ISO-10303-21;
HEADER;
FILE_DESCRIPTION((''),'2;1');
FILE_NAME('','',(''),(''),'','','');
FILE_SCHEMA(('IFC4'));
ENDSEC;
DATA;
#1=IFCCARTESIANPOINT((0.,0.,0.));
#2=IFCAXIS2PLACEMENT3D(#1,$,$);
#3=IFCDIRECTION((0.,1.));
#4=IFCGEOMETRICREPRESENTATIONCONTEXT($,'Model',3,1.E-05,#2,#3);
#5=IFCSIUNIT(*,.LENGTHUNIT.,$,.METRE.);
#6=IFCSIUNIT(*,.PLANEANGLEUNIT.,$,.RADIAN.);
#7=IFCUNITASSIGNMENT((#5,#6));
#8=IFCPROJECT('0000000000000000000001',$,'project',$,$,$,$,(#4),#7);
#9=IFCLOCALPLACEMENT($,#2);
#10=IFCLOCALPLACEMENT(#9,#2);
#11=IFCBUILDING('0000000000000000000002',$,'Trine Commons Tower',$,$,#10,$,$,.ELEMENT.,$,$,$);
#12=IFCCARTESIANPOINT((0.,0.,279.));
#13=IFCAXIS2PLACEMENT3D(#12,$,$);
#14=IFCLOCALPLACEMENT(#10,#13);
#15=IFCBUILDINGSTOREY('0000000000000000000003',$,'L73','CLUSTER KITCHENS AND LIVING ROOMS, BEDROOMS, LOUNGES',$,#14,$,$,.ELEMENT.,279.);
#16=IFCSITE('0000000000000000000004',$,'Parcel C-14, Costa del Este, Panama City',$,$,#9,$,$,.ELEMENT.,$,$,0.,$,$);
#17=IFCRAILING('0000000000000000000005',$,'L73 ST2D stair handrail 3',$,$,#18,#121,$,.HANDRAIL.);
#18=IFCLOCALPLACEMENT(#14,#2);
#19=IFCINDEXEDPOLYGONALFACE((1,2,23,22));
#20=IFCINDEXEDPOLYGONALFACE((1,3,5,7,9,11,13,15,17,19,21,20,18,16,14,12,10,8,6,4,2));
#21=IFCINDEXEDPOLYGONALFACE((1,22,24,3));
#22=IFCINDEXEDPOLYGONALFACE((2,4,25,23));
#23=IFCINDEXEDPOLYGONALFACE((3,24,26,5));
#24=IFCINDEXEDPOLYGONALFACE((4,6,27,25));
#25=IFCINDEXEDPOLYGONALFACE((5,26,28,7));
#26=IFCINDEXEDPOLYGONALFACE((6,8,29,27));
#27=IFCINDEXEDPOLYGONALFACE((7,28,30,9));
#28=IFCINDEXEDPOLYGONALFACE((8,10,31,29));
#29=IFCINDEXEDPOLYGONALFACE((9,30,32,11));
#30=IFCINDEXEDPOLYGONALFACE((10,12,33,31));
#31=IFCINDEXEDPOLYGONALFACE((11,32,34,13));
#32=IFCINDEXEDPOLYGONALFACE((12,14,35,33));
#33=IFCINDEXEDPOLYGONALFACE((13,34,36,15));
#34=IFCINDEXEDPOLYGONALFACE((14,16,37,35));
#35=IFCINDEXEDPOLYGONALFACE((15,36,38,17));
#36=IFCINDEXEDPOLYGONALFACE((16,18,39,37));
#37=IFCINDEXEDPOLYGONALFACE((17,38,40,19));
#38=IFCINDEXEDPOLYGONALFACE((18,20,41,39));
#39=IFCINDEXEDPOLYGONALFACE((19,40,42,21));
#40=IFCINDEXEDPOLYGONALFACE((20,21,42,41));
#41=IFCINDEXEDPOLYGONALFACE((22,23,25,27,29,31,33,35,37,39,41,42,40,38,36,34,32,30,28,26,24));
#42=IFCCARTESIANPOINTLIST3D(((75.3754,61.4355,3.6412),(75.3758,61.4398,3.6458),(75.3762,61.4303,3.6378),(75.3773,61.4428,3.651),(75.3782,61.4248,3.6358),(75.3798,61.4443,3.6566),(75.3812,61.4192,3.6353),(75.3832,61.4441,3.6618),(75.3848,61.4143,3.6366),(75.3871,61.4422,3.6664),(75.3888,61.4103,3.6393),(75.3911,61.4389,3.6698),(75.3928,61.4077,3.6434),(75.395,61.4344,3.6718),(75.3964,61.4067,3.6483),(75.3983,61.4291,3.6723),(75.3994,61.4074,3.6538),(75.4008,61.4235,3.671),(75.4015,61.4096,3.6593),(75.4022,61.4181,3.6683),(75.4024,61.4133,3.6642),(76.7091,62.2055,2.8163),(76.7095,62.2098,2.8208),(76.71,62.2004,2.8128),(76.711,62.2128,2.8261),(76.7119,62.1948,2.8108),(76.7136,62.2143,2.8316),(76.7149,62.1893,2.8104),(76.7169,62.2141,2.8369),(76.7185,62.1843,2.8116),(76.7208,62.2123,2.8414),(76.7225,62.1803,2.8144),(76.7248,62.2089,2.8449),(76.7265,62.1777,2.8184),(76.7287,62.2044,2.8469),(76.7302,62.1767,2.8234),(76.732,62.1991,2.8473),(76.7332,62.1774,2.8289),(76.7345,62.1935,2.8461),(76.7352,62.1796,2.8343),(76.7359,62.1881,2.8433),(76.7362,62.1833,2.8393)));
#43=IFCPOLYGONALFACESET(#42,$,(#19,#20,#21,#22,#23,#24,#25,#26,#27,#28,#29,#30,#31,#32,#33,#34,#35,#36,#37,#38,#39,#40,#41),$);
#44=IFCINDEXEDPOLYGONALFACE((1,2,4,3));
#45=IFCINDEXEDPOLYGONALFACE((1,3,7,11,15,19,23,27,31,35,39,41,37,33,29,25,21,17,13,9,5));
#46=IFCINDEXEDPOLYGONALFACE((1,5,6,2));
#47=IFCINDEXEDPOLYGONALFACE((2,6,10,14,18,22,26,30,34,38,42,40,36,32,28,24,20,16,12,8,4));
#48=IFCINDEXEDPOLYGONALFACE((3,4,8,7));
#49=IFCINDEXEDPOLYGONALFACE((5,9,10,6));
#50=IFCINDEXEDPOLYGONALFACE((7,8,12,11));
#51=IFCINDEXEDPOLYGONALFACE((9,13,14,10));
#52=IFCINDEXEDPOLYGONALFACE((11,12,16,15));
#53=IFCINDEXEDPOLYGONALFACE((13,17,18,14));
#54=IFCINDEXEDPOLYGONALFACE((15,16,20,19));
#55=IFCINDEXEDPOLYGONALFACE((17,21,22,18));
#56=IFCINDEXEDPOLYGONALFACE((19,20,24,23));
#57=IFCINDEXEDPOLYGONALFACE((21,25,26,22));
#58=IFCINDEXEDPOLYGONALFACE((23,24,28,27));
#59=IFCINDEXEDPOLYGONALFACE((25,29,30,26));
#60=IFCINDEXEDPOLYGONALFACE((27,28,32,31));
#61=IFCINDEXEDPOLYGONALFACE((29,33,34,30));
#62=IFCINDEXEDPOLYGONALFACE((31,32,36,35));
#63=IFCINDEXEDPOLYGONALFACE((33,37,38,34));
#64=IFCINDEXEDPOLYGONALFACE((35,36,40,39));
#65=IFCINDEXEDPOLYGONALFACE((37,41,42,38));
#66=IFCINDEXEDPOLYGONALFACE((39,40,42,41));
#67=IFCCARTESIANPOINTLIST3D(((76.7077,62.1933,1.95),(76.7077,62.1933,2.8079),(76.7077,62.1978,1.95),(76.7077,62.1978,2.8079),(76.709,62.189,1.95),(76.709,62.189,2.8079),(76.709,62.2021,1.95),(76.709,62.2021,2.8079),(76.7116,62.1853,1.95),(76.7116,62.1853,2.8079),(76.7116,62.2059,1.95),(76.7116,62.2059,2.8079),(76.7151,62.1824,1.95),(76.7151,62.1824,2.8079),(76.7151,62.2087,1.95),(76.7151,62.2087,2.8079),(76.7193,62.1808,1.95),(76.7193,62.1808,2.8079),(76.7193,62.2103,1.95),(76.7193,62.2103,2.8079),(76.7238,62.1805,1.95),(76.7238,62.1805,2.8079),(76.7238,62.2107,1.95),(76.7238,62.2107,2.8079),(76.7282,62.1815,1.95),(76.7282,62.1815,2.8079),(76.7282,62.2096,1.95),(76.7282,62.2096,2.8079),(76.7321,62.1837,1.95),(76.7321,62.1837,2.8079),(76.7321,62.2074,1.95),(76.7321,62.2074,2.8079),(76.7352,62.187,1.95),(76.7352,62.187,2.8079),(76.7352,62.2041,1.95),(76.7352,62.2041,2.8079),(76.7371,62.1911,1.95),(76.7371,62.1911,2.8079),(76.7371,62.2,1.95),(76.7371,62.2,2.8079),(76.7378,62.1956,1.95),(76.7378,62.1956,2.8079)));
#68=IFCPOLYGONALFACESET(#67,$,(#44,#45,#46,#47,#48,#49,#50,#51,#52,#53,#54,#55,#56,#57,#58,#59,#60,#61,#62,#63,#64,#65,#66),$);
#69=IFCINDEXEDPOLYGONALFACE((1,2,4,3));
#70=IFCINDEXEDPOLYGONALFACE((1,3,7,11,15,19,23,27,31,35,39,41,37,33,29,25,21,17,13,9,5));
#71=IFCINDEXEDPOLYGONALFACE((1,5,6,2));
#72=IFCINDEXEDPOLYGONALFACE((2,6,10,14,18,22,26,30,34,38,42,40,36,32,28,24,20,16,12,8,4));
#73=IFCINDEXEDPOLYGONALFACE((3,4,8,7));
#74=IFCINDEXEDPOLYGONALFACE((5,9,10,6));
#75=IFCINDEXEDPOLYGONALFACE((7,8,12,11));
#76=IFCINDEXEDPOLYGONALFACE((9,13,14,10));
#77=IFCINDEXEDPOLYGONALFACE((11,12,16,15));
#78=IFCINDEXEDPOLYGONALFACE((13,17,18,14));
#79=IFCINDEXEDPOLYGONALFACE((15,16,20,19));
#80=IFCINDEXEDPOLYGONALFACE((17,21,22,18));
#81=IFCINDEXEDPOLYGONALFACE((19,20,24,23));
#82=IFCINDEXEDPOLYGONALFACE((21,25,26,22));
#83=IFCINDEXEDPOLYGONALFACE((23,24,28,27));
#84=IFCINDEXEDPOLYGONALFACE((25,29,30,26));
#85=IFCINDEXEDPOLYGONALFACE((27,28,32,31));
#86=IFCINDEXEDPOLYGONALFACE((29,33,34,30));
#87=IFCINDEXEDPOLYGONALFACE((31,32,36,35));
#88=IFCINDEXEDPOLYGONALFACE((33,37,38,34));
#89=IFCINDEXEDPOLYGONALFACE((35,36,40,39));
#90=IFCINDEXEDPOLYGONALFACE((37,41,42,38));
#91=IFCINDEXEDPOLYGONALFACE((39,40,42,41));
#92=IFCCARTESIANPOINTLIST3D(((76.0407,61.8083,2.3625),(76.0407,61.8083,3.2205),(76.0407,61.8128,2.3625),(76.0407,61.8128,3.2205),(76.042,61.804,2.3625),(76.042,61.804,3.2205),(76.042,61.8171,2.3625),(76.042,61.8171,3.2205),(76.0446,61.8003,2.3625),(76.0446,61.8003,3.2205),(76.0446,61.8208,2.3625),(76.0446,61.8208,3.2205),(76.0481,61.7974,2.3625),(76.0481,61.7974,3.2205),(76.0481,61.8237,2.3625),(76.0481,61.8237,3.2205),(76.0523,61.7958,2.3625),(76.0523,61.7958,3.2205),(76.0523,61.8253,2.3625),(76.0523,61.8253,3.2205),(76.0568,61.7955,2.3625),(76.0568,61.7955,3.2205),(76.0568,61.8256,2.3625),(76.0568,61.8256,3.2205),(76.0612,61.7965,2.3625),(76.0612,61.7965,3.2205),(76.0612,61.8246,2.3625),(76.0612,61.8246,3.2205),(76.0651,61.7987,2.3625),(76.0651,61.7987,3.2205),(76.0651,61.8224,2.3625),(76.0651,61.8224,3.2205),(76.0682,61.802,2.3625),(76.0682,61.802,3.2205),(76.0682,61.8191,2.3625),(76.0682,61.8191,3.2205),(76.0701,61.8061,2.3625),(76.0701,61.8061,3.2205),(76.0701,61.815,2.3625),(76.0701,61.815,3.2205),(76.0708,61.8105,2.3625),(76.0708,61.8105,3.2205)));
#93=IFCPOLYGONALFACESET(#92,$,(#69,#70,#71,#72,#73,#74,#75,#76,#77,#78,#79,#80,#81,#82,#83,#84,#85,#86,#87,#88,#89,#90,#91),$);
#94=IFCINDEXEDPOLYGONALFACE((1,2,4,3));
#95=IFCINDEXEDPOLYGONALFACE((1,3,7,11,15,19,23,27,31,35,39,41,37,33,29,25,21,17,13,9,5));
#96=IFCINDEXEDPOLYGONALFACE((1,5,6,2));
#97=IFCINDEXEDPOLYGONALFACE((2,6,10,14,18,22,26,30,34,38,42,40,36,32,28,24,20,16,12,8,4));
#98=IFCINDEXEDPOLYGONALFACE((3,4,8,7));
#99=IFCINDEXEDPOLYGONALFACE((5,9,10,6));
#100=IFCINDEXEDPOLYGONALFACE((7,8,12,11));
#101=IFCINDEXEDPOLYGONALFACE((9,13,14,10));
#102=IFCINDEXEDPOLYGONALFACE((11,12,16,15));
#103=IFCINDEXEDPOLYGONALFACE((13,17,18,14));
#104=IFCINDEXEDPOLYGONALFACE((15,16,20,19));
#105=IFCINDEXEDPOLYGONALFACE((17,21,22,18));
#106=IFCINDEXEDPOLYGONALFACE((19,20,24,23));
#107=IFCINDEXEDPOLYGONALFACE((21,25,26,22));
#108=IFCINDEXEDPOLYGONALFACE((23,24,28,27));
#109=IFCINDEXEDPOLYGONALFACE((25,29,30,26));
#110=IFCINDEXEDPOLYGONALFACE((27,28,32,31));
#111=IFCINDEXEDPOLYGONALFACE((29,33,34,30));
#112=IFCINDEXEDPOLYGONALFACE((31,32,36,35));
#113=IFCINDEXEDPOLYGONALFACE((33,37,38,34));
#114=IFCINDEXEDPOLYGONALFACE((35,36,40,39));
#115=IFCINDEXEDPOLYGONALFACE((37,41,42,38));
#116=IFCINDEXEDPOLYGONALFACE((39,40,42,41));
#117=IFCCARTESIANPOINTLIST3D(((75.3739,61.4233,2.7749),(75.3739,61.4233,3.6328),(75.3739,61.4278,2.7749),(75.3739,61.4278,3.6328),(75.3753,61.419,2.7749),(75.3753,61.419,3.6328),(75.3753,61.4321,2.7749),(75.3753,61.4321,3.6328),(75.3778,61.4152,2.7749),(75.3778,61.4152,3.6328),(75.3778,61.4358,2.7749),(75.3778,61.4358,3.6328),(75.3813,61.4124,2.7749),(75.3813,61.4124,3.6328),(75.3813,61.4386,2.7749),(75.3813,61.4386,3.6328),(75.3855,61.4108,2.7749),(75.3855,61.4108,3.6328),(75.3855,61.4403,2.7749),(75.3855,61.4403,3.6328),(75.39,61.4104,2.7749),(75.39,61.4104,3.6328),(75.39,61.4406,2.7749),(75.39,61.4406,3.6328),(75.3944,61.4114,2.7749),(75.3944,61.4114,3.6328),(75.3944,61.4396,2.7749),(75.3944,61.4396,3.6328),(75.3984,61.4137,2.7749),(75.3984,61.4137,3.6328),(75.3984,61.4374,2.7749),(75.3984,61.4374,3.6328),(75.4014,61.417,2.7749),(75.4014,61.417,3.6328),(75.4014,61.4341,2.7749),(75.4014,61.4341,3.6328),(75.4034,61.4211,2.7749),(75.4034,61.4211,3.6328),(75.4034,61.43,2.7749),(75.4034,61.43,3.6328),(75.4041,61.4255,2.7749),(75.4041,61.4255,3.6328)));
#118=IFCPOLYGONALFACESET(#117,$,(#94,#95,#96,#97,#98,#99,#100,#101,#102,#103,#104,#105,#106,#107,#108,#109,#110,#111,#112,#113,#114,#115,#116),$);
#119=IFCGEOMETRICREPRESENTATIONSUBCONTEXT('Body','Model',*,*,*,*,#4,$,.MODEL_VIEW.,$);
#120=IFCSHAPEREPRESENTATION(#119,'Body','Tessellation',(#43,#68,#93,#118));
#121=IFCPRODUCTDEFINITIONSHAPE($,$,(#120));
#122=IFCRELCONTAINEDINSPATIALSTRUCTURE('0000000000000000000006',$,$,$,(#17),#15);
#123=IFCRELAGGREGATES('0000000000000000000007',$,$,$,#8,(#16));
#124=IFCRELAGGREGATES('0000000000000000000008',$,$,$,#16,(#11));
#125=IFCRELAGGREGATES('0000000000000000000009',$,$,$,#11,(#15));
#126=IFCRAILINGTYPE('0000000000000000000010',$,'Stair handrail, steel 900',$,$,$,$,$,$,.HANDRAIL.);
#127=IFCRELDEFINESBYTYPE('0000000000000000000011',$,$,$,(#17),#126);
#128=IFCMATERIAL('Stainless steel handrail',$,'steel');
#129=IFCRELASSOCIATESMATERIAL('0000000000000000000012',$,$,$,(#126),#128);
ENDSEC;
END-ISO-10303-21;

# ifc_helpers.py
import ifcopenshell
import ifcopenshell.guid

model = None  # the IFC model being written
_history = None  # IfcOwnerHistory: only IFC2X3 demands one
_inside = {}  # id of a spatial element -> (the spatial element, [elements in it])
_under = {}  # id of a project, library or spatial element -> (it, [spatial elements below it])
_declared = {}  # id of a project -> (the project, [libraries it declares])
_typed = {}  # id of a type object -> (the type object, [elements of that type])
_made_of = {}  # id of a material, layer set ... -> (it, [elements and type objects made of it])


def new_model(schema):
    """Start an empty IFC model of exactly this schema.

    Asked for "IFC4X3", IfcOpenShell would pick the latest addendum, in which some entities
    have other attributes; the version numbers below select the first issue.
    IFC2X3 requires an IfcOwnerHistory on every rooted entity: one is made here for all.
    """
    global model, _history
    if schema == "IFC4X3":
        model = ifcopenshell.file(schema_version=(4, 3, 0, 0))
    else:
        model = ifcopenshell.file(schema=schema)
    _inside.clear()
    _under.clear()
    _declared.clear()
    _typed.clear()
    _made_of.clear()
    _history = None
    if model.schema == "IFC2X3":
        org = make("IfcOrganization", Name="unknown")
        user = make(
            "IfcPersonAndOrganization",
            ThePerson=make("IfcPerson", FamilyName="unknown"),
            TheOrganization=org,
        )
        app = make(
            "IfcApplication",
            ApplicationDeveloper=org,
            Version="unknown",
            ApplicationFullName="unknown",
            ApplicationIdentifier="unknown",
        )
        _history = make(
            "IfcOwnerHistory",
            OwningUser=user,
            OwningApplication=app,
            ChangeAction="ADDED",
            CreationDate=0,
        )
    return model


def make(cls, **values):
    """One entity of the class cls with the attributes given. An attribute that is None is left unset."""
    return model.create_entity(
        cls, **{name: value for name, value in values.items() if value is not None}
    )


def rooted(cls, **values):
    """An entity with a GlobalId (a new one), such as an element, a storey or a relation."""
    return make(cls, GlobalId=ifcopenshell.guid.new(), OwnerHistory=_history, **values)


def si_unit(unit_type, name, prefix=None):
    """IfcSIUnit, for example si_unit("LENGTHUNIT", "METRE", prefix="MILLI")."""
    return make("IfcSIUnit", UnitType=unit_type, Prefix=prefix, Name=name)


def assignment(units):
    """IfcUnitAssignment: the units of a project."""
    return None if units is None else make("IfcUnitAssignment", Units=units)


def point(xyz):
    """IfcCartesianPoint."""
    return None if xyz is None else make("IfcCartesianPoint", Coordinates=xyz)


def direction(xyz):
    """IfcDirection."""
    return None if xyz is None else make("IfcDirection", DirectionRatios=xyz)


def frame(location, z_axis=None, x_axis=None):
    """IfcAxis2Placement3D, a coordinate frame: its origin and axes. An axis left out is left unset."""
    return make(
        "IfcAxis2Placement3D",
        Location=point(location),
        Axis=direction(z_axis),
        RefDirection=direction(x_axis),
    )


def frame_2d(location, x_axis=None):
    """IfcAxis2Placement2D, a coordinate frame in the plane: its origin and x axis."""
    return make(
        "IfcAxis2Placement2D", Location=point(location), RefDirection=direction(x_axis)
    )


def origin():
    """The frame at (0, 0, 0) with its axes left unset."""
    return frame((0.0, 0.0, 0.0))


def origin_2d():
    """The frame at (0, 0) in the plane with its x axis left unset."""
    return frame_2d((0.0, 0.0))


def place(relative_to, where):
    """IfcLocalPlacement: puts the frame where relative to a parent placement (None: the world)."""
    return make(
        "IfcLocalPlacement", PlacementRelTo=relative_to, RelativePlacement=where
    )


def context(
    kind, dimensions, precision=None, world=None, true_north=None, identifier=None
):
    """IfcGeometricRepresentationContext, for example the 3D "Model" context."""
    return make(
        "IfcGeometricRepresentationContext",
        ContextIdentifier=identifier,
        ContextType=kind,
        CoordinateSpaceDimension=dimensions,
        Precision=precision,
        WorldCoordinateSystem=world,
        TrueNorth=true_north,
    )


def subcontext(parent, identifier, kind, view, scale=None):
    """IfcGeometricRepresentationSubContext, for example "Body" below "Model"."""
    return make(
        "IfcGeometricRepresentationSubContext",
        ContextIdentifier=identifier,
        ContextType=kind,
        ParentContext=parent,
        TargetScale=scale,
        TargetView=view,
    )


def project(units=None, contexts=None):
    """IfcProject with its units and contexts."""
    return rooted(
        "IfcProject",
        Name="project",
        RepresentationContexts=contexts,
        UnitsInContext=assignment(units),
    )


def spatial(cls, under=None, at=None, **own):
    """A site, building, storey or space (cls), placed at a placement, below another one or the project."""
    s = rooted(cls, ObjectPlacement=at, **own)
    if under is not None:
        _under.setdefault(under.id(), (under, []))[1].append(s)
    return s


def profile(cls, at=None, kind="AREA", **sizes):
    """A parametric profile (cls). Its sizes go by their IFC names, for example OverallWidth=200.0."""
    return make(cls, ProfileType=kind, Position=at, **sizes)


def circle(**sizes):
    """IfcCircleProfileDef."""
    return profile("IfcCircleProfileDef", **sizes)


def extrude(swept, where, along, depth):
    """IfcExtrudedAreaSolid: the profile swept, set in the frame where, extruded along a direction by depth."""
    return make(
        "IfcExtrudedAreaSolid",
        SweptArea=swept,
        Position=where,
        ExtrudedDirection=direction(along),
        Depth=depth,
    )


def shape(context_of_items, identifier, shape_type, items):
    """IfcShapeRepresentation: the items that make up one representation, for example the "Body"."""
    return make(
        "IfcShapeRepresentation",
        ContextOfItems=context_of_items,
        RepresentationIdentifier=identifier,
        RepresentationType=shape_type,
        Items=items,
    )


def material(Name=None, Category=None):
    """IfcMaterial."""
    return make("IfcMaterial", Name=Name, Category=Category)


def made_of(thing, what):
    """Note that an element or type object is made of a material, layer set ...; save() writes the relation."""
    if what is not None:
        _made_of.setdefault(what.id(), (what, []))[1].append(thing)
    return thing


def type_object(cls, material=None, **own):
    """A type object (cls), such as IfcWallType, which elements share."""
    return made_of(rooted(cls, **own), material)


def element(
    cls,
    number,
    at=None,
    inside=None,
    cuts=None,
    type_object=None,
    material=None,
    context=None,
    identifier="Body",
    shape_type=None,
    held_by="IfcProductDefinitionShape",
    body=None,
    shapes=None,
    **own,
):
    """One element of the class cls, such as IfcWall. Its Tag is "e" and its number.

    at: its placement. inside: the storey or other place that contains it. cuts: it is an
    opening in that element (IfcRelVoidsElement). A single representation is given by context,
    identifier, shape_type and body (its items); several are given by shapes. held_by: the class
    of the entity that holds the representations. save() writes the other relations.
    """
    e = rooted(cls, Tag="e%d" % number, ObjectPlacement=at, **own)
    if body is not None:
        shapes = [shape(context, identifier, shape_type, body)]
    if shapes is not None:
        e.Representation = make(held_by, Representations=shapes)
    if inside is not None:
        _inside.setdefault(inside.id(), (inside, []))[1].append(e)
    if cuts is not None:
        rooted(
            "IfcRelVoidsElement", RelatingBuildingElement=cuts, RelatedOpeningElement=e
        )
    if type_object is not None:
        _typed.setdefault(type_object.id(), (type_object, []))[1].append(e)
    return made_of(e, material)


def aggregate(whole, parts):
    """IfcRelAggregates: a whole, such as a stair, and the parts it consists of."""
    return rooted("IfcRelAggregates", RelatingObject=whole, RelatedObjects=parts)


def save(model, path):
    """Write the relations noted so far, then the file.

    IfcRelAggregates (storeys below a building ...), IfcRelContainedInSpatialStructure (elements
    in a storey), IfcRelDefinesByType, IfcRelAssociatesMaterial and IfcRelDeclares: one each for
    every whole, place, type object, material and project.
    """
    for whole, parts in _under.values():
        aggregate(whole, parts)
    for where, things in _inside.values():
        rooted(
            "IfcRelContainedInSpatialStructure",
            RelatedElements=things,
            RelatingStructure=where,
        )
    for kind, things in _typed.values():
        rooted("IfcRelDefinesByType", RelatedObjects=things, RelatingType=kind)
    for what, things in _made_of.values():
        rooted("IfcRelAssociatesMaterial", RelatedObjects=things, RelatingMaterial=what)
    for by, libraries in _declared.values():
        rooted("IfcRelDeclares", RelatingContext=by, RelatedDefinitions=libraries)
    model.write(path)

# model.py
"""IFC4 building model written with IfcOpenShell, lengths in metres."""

from ifc_helpers import new_model, si_unit, direction, frame, origin, origin_2d, place, context, subcontext, project, spatial, circle, extrude, material, type_object, element, save


model = new_model("IFC4")

# Units and contexts
model_context = context("Model", 3, precision=1e-05, world=origin(), true_north=direction((0.0, 1.0)))
body_context = subcontext(model_context, "Body", "Model", "MODEL_VIEW")
ifc_project = project(units=[si_unit("LENGTHUNIT", "METRE"), si_unit("PLANEANGLEUNIT", "RADIAN")], contexts=[model_context])

# Site, building, storey
site_placement = place(None, origin())
site = spatial("IfcSite", under=ifc_project, at=site_placement, Name="Parcel C-14, Costa del Este, Panama City", CompositionType="ELEMENT", RefElevation=0.0)
building_placement = place(site_placement, origin())
building = spatial("IfcBuilding", under=site, at=building_placement, Name="Trine Commons Tower", CompositionType="ELEMENT")
storey_placement = place(building_placement, frame((0.0, 0.0, 279.0)))
storey = spatial("IfcBuildingStorey", under=building, at=storey_placement, Name="L73", Description="CLUSTER KITCHENS AND LIVING ROOMS, BEDROOMS, LOUNGES", CompositionType="ELEMENT", Elevation=279.0)

# Railing
ifc_material_1 = material(Name="Stainless steel handrail", Category="steel")
railing_type_1 = type_object("IfcRailingType", Name="Stair handrail, steel 900", PredefinedType="HANDRAIL", material=ifc_material_1)
railing_1_placement = place(storey_placement, frame((76.7227, 62.1956, 1.95)))
element("IfcRailing", 1, at=railing_1_placement, inside=storey, type_object=railing_type_1, Name="L73 ST2D stair handrail 3", PredefinedType="HANDRAIL", context=body_context, shape_type="SweptSolid", body=[
    extrude(circle(Radius=0.021, at=origin_2d()), frame((0.0, 0.0, 0.8789), z_axis=(-0.763405, -0.440743, 0.472185), x_axis=(0.499992, -0.86603, 0.0)), (0.0, 0.0, 1.0), 1.7471),
    extrude(circle(Radius=0.0151, at=origin_2d()), origin(), (0.0, 0.0, 1.0), 0.8579),
    extrude(circle(Radius=0.0151, at=origin_2d()), frame((-0.667, -0.385, 0.4126)), (0.0, 0.0, 1.0), 0.8579),
    extrude(circle(Radius=0.0151, at=origin_2d()), frame((-1.3337, -0.77, 0.825)), (0.0, 0.0, 1.0), 0.8579),
])

save(model, "model.ifc")
